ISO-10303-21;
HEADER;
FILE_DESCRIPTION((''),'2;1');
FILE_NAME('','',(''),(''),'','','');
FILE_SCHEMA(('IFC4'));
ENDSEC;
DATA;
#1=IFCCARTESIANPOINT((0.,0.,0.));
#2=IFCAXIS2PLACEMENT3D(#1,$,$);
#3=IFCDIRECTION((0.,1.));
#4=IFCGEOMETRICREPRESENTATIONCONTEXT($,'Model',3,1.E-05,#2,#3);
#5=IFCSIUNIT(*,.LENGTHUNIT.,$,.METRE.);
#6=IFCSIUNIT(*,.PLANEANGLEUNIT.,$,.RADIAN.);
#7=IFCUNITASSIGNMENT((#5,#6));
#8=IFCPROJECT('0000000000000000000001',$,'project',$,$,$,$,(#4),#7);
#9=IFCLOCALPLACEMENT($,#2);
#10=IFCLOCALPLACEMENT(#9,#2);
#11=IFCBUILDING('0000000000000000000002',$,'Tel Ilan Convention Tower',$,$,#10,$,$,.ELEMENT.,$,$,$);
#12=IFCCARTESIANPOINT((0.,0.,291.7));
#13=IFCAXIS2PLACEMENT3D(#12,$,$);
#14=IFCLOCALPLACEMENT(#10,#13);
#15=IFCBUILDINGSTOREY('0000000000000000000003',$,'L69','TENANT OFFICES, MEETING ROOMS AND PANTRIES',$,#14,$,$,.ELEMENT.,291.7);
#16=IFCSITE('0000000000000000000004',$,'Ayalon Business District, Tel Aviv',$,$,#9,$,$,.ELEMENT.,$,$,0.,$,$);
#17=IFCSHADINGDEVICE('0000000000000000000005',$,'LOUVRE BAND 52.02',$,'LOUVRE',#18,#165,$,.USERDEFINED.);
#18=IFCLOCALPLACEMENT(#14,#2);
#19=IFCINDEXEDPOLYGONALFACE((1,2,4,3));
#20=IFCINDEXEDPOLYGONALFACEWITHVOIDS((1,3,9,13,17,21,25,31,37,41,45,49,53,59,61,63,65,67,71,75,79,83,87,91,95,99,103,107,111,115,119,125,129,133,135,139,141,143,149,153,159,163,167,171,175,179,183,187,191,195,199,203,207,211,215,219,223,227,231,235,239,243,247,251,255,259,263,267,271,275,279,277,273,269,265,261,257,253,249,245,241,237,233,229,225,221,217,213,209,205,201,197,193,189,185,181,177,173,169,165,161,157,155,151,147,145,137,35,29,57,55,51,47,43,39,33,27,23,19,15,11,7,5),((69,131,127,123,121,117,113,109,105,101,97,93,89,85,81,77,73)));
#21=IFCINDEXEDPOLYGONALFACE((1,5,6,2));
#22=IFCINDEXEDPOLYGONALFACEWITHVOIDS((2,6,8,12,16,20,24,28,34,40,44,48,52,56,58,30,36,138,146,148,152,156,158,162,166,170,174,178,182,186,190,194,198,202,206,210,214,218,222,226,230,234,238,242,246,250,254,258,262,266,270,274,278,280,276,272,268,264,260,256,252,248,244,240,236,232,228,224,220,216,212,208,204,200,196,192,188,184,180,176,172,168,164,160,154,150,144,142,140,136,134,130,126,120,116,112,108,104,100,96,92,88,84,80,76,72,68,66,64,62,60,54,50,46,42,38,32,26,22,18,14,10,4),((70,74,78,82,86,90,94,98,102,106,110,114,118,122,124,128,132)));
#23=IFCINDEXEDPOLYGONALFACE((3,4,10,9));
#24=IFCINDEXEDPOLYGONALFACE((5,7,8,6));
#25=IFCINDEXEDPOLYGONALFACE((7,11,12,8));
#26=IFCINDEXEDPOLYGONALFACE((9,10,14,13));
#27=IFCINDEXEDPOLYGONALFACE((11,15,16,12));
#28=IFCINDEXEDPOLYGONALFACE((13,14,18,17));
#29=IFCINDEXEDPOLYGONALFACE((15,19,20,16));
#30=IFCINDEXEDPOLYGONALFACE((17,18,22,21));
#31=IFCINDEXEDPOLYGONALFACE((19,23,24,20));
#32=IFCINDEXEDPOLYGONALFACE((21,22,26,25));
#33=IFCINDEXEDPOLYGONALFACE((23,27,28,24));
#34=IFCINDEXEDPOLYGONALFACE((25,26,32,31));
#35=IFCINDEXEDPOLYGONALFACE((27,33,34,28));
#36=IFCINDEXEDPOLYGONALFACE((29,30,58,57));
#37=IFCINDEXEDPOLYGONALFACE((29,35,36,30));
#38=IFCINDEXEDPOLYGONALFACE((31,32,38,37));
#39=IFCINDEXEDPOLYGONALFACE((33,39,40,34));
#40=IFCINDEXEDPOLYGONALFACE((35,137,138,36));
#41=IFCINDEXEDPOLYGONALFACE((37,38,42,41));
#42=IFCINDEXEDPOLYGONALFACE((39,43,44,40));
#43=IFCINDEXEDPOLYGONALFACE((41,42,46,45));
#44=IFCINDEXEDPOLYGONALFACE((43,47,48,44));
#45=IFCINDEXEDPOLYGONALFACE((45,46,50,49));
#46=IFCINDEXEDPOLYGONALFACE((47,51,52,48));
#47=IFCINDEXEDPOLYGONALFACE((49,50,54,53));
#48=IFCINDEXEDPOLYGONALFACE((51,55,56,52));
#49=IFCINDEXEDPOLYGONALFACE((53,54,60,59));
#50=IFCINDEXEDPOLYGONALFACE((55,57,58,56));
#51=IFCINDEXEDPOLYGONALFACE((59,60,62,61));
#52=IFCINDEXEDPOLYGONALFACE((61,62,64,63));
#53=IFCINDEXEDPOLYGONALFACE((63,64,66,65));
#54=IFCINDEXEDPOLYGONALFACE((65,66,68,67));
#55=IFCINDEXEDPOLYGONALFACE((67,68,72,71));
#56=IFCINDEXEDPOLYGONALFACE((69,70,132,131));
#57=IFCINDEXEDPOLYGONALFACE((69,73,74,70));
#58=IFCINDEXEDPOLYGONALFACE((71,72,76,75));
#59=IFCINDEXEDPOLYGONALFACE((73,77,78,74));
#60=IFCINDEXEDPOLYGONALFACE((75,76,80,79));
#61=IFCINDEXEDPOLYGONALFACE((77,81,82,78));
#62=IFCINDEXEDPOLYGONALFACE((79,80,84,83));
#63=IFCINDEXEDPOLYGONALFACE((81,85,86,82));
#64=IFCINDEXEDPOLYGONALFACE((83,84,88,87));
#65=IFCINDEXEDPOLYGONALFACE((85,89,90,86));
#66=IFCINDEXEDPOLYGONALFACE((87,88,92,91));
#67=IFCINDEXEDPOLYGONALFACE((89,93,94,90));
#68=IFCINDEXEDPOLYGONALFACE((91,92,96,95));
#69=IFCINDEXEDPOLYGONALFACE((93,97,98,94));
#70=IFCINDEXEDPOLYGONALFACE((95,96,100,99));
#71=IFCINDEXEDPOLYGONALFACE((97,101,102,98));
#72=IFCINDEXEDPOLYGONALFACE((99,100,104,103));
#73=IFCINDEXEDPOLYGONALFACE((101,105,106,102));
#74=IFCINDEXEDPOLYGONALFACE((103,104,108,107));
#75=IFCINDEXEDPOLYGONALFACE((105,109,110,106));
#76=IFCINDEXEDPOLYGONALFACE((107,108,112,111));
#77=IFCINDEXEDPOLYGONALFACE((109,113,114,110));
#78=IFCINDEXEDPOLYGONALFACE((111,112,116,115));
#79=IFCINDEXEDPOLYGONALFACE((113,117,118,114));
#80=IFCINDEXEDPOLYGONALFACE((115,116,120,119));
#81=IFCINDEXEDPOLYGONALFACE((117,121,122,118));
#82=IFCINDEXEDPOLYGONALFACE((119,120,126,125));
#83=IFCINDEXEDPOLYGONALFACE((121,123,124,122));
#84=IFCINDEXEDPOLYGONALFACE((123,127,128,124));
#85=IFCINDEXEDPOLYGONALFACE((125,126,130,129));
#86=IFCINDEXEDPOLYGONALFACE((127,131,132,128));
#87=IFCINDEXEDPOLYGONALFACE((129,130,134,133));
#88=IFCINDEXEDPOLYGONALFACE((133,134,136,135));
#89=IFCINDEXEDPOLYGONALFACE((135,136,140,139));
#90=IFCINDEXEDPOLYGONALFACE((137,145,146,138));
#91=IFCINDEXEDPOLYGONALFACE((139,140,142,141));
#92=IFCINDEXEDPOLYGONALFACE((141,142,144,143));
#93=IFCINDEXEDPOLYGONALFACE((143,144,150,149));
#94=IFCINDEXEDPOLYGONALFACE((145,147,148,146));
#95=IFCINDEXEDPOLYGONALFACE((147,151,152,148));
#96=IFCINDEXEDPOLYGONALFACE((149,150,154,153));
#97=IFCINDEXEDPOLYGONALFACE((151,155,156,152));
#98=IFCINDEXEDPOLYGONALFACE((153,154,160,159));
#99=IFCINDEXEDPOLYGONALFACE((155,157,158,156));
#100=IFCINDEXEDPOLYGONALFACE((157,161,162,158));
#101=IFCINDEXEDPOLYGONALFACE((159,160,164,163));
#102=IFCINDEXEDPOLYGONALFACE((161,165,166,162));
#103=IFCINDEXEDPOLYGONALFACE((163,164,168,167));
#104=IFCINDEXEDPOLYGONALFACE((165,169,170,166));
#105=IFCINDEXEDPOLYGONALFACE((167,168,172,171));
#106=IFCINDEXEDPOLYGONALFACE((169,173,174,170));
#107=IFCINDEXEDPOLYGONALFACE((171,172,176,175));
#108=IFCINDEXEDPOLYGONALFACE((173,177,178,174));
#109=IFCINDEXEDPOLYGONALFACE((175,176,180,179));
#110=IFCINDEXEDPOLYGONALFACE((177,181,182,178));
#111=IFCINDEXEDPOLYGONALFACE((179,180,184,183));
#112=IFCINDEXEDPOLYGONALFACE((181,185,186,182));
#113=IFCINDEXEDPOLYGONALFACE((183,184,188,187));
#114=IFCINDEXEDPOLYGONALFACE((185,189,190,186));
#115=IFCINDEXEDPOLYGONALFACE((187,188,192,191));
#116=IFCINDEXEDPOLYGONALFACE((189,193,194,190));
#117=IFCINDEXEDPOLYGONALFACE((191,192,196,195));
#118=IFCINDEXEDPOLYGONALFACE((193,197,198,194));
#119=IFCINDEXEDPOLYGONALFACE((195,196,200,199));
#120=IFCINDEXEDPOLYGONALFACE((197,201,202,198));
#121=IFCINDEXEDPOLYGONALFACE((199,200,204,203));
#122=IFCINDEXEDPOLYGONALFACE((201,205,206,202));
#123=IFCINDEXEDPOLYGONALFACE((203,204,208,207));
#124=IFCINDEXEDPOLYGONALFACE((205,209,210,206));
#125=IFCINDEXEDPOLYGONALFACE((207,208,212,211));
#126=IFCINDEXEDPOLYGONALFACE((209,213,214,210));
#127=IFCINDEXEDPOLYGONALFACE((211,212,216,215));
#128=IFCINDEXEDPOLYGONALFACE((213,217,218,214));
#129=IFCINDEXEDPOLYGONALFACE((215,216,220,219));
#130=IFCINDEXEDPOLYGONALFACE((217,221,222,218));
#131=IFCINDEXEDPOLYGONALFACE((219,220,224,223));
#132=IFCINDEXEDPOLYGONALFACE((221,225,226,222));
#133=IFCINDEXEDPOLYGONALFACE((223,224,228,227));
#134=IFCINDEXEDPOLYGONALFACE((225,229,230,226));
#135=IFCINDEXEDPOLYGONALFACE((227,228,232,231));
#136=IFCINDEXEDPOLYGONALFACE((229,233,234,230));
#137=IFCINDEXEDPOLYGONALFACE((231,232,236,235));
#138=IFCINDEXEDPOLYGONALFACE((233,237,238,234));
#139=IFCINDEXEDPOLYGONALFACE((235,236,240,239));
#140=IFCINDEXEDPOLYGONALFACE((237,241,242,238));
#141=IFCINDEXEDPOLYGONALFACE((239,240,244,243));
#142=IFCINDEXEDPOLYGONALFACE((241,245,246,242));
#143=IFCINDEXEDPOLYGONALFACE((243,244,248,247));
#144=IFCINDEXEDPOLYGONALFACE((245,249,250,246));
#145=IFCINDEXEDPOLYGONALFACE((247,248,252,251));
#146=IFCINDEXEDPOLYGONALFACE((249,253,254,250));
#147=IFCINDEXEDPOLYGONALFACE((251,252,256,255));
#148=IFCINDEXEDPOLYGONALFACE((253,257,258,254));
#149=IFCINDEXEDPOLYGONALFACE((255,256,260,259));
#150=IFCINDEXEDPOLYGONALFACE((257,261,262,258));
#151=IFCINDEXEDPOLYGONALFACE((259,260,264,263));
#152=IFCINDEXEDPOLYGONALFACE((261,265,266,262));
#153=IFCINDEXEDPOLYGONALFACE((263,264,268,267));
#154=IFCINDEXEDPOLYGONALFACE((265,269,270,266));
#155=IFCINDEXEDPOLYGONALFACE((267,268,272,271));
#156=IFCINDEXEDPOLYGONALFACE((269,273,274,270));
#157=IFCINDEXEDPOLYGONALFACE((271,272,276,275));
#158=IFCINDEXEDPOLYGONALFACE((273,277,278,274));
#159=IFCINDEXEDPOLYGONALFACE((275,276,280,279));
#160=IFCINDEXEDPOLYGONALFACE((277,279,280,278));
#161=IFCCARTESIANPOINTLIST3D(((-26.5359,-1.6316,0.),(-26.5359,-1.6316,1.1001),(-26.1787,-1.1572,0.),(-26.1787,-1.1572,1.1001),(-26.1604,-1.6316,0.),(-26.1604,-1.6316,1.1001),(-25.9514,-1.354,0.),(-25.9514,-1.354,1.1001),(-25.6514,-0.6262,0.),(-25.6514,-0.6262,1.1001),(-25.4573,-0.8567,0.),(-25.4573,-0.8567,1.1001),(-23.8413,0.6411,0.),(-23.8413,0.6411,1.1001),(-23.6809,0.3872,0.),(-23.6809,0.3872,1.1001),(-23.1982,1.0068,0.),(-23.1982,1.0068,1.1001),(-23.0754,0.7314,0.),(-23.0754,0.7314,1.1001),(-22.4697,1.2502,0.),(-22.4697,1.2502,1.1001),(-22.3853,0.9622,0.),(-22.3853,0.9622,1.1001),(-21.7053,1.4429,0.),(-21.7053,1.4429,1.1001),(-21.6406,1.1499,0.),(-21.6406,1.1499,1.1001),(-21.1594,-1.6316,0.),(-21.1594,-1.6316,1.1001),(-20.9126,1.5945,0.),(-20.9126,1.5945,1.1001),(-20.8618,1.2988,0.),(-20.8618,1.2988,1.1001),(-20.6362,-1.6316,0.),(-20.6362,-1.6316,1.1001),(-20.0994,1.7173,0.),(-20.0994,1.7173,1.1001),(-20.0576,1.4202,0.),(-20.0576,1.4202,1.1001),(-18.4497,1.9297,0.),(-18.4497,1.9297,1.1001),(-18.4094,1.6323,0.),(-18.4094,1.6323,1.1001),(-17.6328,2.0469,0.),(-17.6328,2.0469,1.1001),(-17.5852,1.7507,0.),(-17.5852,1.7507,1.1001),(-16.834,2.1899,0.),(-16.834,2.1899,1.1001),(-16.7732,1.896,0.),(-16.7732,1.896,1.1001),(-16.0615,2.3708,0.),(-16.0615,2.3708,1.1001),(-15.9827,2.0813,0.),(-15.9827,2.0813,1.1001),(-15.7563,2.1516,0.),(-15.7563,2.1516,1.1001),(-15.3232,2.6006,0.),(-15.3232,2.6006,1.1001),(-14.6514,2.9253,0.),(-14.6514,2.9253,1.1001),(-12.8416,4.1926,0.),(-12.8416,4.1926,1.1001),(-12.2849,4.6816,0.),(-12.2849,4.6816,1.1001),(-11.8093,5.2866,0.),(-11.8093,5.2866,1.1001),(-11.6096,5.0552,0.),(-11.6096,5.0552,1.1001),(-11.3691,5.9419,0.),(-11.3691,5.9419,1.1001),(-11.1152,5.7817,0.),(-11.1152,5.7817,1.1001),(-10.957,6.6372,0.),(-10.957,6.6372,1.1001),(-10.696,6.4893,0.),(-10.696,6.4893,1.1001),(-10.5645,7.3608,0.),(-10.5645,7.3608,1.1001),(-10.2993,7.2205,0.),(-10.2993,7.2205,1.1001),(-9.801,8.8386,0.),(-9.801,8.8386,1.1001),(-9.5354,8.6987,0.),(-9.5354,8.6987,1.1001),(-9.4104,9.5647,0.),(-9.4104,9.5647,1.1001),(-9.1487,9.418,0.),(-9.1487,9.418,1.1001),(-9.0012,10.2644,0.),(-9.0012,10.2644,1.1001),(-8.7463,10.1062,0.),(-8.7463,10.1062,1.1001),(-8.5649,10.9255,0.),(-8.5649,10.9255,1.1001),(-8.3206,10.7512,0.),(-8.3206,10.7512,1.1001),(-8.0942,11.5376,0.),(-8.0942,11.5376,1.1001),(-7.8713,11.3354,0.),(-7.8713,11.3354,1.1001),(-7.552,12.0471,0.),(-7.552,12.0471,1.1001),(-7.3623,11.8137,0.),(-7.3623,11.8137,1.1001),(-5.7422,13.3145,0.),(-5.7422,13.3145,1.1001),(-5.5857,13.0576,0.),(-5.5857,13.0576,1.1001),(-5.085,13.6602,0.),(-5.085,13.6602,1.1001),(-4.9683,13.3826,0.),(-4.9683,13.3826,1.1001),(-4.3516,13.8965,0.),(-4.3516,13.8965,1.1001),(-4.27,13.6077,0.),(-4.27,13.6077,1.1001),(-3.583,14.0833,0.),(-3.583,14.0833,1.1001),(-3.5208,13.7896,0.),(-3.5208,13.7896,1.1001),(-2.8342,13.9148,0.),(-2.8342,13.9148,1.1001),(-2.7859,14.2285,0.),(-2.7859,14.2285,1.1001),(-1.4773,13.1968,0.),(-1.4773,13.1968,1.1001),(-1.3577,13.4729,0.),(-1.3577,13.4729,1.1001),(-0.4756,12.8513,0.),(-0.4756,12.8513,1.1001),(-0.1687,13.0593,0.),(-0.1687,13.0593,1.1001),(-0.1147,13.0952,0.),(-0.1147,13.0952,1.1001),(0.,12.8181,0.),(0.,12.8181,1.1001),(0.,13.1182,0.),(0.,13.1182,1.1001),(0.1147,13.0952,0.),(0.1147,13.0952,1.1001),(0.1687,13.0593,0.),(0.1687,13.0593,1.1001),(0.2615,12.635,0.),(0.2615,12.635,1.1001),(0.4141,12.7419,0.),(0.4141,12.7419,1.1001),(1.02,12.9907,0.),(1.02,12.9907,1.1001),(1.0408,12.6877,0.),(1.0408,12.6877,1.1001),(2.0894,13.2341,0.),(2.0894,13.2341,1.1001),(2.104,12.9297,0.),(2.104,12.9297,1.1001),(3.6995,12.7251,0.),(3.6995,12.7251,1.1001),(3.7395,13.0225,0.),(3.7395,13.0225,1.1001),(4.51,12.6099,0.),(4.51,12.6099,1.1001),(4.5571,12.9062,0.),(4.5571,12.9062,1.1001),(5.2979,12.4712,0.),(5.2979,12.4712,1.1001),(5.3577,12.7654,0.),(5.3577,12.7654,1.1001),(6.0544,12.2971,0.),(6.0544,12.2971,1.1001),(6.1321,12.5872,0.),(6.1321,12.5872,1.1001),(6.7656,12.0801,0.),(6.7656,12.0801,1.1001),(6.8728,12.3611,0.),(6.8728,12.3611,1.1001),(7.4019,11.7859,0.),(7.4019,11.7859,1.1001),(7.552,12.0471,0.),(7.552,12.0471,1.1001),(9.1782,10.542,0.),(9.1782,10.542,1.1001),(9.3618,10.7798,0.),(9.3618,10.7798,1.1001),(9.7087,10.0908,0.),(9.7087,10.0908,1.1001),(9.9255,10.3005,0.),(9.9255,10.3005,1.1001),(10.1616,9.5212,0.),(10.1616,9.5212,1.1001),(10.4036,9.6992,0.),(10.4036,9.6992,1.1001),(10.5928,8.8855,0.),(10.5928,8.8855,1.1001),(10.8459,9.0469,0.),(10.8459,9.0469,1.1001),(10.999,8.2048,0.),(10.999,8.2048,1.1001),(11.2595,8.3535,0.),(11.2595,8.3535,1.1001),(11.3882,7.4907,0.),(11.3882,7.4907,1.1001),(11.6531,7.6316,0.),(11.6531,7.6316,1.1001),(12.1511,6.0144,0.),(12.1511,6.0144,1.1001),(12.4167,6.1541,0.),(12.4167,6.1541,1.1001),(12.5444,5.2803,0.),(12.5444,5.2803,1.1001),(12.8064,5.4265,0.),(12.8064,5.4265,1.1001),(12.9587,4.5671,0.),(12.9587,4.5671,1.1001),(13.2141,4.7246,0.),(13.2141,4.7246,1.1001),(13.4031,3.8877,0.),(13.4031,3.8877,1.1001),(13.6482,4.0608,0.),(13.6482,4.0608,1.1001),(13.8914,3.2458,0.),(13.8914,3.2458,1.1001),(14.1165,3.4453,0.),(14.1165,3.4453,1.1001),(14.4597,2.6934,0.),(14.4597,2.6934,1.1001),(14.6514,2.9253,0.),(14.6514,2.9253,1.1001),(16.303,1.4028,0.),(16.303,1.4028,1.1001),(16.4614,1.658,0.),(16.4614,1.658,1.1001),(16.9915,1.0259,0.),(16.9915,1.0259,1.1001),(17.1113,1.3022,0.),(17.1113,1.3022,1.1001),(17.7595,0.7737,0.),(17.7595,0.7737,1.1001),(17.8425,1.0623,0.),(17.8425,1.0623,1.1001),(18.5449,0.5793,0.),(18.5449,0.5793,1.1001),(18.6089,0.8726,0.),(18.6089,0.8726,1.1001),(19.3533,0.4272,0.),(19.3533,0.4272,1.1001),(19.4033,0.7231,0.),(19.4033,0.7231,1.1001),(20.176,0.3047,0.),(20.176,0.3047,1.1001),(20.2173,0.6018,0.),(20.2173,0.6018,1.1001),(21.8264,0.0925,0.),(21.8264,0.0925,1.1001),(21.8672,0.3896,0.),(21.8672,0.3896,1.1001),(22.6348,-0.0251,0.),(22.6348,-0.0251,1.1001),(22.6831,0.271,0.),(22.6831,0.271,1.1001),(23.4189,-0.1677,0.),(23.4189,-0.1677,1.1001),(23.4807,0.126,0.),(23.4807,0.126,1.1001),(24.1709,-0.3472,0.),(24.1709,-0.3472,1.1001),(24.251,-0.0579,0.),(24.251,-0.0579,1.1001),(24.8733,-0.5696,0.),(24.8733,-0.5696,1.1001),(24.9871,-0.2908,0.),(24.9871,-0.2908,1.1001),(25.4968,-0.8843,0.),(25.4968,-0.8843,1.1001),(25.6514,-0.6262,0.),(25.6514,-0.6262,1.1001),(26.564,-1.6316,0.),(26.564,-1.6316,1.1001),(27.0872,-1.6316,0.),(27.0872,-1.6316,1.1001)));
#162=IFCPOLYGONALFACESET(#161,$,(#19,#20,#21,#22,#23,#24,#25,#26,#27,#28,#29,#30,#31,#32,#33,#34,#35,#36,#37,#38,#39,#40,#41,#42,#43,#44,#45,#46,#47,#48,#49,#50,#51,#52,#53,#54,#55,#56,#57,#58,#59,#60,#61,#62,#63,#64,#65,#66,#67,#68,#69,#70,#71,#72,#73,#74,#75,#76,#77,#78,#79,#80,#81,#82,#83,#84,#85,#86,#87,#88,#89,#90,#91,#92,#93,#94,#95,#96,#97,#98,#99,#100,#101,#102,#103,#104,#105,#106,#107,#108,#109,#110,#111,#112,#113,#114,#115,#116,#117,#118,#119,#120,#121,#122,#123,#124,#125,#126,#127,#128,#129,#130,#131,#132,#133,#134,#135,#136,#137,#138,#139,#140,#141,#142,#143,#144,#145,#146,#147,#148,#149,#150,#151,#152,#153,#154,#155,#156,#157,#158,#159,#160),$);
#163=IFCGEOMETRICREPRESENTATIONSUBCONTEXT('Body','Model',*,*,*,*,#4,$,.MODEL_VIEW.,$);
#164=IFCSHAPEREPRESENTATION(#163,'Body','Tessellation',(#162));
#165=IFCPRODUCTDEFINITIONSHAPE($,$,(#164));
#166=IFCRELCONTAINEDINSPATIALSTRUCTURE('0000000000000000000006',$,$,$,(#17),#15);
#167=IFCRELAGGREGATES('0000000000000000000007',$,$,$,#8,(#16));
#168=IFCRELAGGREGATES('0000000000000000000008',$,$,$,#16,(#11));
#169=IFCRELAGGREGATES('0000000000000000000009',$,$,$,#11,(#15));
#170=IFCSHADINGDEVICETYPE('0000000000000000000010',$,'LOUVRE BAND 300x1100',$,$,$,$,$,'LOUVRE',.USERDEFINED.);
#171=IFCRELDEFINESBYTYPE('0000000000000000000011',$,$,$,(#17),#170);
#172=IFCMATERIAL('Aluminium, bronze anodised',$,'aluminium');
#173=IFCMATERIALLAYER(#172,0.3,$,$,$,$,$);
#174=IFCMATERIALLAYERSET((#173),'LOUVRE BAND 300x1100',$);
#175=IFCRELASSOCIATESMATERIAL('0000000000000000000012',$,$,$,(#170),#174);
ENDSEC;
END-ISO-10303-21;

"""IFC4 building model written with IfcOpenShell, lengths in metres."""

from ifc_helpers import new_model, si_unit, direction, frame, origin, place, context, subcontext, project, spatial, polyline, outline, extrude, material, layer, layer_set, type_object, element, save


model = new_model("IFC4")

# Units and contexts
model_context = context("Model", 3, precision=1e-05, world=origin(), true_north=direction((0.0, 1.0)))
body_context = subcontext(model_context, "Body", "Model", "MODEL_VIEW")
ifc_project = project(units=[si_unit("LENGTHUNIT", "METRE"), si_unit("PLANEANGLEUNIT", "RADIAN")], contexts=[model_context])

# Site, building, storey
site_placement = place(None, origin())
site = spatial("IfcSite", under=ifc_project, at=site_placement, Name="Ayalon Business District, Tel Aviv", CompositionType="ELEMENT", RefElevation=0.0)
building_placement = place(site_placement, origin())
building = spatial("IfcBuilding", under=site, at=building_placement, Name="Tel Ilan Convention Tower", CompositionType="ELEMENT")
storey_placement = place(building_placement, frame((0.0, 0.0, 291.7)))
storey = spatial("IfcBuildingStorey", under=building, at=storey_placement, Name="L69", Description="TENANT OFFICES, MEETING ROOMS AND PANTRIES", CompositionType="ELEMENT", Elevation=291.7)

# Shading device
ifc_material_1 = material(Name="Aluminium, bronze anodised", Category="aluminium")
ifc_layer_1 = layer(ifc_material_1, 0.3)
ifc_layer_set_1 = layer_set([ifc_layer_1], Name="LOUVRE BAND 300x1100")
shading_device_type_1 = type_object("IfcShadingDeviceType", Name="LOUVRE BAND 300x1100", ElementType="LOUVRE", PredefinedType="USERDEFINED", material=ifc_layer_set_1)
shading_device_placement = place(storey_placement, origin())
element("IfcShadingDevice", 1, at=shading_device_placement, inside=storey, type_object=shading_device_type_1, Name="LOUVRE BAND 52.02", ObjectType="LOUVRE", PredefinedType="USERDEFINED", context=body_context, shape_type="SweptSolid", body=[
    extrude(outline(polyline([(-26.1787, -1.1572), (-26.5359, -1.6316), (-26.1604, -1.6316), (-25.9514, -1.354), (-25.4573, -0.8567), (-23.6809, 0.3872), (-23.0754, 0.7314), (-22.3853, 0.9622), (-21.6406, 1.1499), (-20.8618, 1.2988), (-20.0576, 1.4202), (-18.4094, 1.6323), (-17.5852, 1.7507), (-16.7732, 1.896), (-15.9827, 2.0813), (-15.7563, 2.1516), (-21.1594, -1.6316), (-20.6362, -1.6316), (0.0, 12.8181), (0.2615, 12.635), (0.4141, 12.7419), (1.0408, 12.6877), (2.104, 12.9297), (3.6995, 12.7251), (4.51, 12.6099), (5.2979, 12.4712), (6.0544, 12.2971), (6.7656, 12.0801), (7.4019, 11.7859), (9.1782, 10.542), (9.7087, 10.0908), (10.1616, 9.5212), (10.5928, 8.8855), (10.999, 8.2048), (11.3882, 7.4907), (12.1511, 6.0144), (12.5444, 5.2803), (12.9587, 4.5671), (13.4031, 3.8877), (13.8914, 3.2458), (14.4597, 2.6934), (16.303, 1.4028), (16.9915, 1.0259), (17.7595, 0.7737), (18.5449, 0.5793), (19.3533, 0.4272), (20.176, 0.3047), (21.8264, 0.0925), (22.6348, -0.0251), (23.4189, -0.1677), (24.1709, -0.3472), (24.8733, -0.5696), (25.4968, -0.8843), (26.564, -1.6316), (27.0872, -1.6316), (25.6514, -0.6262), (24.9871, -0.2908), (24.251, -0.0579), (23.4807, 0.126), (22.6831, 0.271), (21.8672, 0.3896), (20.2173, 0.6018), (19.4033, 0.7231), (18.6089, 0.8726), (17.8425, 1.0623), (17.1113, 1.3022), (16.4614, 1.658), (14.6514, 2.9253), (14.1165, 3.4453), (13.6482, 4.0608), (13.2141, 4.7246), (12.8064, 5.4265), (12.4167, 6.1541), (11.6531, 7.6316), (11.2595, 8.3535), (10.8459, 9.0469), (10.4036, 9.6992), (9.9255, 10.3005), (9.3618, 10.7798), (7.552, 12.0471), (6.8728, 12.3611), (6.1321, 12.5872), (5.3577, 12.7654), (4.5571, 12.9062), (3.7395, 13.0225), (2.0894, 13.2341), (1.02, 12.9907), (0.1687, 13.0593), (0.1147, 13.0952), (0.0, 13.1182), (-0.1147, 13.0952), (-0.1687, 13.0593), (-1.3577, 13.4729), (-2.7859, 14.2285), (-3.583, 14.0833), (-4.3516, 13.8965), (-5.085, 13.6602), (-5.7422, 13.3145), (-7.552, 12.0471), (-8.0942, 11.5376), (-8.5649, 10.9255), (-9.0012, 10.2644), (-9.4104, 9.5647), (-9.801, 8.8386), (-10.5645, 7.3608), (-10.957, 6.6372), (-11.3691, 5.9419), (-11.8093, 5.2866), (-12.2849, 4.6816), (-12.8416, 4.1926), (-14.6514, 2.9253), (-15.3232, 2.6006), (-16.0615, 2.3708), (-16.834, 2.1899), (-17.6328, 2.0469), (-18.4497, 1.9297), (-20.0994, 1.7173), (-20.9126, 1.5945), (-21.7053, 1.4429), (-22.4697, 1.2502), (-23.1982, 1.0068), (-23.8413, 0.6411), (-25.6514, -0.6262), (-26.1787, -1.1572)]), holes=[polyline([(-11.6096, 5.0552), (-11.1152, 5.7817), (-10.696, 6.4893), (-10.2993, 7.2205), (-9.5354, 8.6987), (-9.1487, 9.418), (-8.7463, 10.1062), (-8.3206, 10.7512), (-7.8713, 11.3354), (-7.3623, 11.8137), (-5.5857, 13.0576), (-4.9683, 13.3826), (-4.27, 13.6077), (-3.5208, 13.7896), (-2.8342, 13.9148), (-1.4773, 13.1968), (-0.4756, 12.8513), (-11.6096, 5.0552)])]), origin(), (0.0, 0.0, 1.0), 1.1001),
])

save(model, "model.ifc")
